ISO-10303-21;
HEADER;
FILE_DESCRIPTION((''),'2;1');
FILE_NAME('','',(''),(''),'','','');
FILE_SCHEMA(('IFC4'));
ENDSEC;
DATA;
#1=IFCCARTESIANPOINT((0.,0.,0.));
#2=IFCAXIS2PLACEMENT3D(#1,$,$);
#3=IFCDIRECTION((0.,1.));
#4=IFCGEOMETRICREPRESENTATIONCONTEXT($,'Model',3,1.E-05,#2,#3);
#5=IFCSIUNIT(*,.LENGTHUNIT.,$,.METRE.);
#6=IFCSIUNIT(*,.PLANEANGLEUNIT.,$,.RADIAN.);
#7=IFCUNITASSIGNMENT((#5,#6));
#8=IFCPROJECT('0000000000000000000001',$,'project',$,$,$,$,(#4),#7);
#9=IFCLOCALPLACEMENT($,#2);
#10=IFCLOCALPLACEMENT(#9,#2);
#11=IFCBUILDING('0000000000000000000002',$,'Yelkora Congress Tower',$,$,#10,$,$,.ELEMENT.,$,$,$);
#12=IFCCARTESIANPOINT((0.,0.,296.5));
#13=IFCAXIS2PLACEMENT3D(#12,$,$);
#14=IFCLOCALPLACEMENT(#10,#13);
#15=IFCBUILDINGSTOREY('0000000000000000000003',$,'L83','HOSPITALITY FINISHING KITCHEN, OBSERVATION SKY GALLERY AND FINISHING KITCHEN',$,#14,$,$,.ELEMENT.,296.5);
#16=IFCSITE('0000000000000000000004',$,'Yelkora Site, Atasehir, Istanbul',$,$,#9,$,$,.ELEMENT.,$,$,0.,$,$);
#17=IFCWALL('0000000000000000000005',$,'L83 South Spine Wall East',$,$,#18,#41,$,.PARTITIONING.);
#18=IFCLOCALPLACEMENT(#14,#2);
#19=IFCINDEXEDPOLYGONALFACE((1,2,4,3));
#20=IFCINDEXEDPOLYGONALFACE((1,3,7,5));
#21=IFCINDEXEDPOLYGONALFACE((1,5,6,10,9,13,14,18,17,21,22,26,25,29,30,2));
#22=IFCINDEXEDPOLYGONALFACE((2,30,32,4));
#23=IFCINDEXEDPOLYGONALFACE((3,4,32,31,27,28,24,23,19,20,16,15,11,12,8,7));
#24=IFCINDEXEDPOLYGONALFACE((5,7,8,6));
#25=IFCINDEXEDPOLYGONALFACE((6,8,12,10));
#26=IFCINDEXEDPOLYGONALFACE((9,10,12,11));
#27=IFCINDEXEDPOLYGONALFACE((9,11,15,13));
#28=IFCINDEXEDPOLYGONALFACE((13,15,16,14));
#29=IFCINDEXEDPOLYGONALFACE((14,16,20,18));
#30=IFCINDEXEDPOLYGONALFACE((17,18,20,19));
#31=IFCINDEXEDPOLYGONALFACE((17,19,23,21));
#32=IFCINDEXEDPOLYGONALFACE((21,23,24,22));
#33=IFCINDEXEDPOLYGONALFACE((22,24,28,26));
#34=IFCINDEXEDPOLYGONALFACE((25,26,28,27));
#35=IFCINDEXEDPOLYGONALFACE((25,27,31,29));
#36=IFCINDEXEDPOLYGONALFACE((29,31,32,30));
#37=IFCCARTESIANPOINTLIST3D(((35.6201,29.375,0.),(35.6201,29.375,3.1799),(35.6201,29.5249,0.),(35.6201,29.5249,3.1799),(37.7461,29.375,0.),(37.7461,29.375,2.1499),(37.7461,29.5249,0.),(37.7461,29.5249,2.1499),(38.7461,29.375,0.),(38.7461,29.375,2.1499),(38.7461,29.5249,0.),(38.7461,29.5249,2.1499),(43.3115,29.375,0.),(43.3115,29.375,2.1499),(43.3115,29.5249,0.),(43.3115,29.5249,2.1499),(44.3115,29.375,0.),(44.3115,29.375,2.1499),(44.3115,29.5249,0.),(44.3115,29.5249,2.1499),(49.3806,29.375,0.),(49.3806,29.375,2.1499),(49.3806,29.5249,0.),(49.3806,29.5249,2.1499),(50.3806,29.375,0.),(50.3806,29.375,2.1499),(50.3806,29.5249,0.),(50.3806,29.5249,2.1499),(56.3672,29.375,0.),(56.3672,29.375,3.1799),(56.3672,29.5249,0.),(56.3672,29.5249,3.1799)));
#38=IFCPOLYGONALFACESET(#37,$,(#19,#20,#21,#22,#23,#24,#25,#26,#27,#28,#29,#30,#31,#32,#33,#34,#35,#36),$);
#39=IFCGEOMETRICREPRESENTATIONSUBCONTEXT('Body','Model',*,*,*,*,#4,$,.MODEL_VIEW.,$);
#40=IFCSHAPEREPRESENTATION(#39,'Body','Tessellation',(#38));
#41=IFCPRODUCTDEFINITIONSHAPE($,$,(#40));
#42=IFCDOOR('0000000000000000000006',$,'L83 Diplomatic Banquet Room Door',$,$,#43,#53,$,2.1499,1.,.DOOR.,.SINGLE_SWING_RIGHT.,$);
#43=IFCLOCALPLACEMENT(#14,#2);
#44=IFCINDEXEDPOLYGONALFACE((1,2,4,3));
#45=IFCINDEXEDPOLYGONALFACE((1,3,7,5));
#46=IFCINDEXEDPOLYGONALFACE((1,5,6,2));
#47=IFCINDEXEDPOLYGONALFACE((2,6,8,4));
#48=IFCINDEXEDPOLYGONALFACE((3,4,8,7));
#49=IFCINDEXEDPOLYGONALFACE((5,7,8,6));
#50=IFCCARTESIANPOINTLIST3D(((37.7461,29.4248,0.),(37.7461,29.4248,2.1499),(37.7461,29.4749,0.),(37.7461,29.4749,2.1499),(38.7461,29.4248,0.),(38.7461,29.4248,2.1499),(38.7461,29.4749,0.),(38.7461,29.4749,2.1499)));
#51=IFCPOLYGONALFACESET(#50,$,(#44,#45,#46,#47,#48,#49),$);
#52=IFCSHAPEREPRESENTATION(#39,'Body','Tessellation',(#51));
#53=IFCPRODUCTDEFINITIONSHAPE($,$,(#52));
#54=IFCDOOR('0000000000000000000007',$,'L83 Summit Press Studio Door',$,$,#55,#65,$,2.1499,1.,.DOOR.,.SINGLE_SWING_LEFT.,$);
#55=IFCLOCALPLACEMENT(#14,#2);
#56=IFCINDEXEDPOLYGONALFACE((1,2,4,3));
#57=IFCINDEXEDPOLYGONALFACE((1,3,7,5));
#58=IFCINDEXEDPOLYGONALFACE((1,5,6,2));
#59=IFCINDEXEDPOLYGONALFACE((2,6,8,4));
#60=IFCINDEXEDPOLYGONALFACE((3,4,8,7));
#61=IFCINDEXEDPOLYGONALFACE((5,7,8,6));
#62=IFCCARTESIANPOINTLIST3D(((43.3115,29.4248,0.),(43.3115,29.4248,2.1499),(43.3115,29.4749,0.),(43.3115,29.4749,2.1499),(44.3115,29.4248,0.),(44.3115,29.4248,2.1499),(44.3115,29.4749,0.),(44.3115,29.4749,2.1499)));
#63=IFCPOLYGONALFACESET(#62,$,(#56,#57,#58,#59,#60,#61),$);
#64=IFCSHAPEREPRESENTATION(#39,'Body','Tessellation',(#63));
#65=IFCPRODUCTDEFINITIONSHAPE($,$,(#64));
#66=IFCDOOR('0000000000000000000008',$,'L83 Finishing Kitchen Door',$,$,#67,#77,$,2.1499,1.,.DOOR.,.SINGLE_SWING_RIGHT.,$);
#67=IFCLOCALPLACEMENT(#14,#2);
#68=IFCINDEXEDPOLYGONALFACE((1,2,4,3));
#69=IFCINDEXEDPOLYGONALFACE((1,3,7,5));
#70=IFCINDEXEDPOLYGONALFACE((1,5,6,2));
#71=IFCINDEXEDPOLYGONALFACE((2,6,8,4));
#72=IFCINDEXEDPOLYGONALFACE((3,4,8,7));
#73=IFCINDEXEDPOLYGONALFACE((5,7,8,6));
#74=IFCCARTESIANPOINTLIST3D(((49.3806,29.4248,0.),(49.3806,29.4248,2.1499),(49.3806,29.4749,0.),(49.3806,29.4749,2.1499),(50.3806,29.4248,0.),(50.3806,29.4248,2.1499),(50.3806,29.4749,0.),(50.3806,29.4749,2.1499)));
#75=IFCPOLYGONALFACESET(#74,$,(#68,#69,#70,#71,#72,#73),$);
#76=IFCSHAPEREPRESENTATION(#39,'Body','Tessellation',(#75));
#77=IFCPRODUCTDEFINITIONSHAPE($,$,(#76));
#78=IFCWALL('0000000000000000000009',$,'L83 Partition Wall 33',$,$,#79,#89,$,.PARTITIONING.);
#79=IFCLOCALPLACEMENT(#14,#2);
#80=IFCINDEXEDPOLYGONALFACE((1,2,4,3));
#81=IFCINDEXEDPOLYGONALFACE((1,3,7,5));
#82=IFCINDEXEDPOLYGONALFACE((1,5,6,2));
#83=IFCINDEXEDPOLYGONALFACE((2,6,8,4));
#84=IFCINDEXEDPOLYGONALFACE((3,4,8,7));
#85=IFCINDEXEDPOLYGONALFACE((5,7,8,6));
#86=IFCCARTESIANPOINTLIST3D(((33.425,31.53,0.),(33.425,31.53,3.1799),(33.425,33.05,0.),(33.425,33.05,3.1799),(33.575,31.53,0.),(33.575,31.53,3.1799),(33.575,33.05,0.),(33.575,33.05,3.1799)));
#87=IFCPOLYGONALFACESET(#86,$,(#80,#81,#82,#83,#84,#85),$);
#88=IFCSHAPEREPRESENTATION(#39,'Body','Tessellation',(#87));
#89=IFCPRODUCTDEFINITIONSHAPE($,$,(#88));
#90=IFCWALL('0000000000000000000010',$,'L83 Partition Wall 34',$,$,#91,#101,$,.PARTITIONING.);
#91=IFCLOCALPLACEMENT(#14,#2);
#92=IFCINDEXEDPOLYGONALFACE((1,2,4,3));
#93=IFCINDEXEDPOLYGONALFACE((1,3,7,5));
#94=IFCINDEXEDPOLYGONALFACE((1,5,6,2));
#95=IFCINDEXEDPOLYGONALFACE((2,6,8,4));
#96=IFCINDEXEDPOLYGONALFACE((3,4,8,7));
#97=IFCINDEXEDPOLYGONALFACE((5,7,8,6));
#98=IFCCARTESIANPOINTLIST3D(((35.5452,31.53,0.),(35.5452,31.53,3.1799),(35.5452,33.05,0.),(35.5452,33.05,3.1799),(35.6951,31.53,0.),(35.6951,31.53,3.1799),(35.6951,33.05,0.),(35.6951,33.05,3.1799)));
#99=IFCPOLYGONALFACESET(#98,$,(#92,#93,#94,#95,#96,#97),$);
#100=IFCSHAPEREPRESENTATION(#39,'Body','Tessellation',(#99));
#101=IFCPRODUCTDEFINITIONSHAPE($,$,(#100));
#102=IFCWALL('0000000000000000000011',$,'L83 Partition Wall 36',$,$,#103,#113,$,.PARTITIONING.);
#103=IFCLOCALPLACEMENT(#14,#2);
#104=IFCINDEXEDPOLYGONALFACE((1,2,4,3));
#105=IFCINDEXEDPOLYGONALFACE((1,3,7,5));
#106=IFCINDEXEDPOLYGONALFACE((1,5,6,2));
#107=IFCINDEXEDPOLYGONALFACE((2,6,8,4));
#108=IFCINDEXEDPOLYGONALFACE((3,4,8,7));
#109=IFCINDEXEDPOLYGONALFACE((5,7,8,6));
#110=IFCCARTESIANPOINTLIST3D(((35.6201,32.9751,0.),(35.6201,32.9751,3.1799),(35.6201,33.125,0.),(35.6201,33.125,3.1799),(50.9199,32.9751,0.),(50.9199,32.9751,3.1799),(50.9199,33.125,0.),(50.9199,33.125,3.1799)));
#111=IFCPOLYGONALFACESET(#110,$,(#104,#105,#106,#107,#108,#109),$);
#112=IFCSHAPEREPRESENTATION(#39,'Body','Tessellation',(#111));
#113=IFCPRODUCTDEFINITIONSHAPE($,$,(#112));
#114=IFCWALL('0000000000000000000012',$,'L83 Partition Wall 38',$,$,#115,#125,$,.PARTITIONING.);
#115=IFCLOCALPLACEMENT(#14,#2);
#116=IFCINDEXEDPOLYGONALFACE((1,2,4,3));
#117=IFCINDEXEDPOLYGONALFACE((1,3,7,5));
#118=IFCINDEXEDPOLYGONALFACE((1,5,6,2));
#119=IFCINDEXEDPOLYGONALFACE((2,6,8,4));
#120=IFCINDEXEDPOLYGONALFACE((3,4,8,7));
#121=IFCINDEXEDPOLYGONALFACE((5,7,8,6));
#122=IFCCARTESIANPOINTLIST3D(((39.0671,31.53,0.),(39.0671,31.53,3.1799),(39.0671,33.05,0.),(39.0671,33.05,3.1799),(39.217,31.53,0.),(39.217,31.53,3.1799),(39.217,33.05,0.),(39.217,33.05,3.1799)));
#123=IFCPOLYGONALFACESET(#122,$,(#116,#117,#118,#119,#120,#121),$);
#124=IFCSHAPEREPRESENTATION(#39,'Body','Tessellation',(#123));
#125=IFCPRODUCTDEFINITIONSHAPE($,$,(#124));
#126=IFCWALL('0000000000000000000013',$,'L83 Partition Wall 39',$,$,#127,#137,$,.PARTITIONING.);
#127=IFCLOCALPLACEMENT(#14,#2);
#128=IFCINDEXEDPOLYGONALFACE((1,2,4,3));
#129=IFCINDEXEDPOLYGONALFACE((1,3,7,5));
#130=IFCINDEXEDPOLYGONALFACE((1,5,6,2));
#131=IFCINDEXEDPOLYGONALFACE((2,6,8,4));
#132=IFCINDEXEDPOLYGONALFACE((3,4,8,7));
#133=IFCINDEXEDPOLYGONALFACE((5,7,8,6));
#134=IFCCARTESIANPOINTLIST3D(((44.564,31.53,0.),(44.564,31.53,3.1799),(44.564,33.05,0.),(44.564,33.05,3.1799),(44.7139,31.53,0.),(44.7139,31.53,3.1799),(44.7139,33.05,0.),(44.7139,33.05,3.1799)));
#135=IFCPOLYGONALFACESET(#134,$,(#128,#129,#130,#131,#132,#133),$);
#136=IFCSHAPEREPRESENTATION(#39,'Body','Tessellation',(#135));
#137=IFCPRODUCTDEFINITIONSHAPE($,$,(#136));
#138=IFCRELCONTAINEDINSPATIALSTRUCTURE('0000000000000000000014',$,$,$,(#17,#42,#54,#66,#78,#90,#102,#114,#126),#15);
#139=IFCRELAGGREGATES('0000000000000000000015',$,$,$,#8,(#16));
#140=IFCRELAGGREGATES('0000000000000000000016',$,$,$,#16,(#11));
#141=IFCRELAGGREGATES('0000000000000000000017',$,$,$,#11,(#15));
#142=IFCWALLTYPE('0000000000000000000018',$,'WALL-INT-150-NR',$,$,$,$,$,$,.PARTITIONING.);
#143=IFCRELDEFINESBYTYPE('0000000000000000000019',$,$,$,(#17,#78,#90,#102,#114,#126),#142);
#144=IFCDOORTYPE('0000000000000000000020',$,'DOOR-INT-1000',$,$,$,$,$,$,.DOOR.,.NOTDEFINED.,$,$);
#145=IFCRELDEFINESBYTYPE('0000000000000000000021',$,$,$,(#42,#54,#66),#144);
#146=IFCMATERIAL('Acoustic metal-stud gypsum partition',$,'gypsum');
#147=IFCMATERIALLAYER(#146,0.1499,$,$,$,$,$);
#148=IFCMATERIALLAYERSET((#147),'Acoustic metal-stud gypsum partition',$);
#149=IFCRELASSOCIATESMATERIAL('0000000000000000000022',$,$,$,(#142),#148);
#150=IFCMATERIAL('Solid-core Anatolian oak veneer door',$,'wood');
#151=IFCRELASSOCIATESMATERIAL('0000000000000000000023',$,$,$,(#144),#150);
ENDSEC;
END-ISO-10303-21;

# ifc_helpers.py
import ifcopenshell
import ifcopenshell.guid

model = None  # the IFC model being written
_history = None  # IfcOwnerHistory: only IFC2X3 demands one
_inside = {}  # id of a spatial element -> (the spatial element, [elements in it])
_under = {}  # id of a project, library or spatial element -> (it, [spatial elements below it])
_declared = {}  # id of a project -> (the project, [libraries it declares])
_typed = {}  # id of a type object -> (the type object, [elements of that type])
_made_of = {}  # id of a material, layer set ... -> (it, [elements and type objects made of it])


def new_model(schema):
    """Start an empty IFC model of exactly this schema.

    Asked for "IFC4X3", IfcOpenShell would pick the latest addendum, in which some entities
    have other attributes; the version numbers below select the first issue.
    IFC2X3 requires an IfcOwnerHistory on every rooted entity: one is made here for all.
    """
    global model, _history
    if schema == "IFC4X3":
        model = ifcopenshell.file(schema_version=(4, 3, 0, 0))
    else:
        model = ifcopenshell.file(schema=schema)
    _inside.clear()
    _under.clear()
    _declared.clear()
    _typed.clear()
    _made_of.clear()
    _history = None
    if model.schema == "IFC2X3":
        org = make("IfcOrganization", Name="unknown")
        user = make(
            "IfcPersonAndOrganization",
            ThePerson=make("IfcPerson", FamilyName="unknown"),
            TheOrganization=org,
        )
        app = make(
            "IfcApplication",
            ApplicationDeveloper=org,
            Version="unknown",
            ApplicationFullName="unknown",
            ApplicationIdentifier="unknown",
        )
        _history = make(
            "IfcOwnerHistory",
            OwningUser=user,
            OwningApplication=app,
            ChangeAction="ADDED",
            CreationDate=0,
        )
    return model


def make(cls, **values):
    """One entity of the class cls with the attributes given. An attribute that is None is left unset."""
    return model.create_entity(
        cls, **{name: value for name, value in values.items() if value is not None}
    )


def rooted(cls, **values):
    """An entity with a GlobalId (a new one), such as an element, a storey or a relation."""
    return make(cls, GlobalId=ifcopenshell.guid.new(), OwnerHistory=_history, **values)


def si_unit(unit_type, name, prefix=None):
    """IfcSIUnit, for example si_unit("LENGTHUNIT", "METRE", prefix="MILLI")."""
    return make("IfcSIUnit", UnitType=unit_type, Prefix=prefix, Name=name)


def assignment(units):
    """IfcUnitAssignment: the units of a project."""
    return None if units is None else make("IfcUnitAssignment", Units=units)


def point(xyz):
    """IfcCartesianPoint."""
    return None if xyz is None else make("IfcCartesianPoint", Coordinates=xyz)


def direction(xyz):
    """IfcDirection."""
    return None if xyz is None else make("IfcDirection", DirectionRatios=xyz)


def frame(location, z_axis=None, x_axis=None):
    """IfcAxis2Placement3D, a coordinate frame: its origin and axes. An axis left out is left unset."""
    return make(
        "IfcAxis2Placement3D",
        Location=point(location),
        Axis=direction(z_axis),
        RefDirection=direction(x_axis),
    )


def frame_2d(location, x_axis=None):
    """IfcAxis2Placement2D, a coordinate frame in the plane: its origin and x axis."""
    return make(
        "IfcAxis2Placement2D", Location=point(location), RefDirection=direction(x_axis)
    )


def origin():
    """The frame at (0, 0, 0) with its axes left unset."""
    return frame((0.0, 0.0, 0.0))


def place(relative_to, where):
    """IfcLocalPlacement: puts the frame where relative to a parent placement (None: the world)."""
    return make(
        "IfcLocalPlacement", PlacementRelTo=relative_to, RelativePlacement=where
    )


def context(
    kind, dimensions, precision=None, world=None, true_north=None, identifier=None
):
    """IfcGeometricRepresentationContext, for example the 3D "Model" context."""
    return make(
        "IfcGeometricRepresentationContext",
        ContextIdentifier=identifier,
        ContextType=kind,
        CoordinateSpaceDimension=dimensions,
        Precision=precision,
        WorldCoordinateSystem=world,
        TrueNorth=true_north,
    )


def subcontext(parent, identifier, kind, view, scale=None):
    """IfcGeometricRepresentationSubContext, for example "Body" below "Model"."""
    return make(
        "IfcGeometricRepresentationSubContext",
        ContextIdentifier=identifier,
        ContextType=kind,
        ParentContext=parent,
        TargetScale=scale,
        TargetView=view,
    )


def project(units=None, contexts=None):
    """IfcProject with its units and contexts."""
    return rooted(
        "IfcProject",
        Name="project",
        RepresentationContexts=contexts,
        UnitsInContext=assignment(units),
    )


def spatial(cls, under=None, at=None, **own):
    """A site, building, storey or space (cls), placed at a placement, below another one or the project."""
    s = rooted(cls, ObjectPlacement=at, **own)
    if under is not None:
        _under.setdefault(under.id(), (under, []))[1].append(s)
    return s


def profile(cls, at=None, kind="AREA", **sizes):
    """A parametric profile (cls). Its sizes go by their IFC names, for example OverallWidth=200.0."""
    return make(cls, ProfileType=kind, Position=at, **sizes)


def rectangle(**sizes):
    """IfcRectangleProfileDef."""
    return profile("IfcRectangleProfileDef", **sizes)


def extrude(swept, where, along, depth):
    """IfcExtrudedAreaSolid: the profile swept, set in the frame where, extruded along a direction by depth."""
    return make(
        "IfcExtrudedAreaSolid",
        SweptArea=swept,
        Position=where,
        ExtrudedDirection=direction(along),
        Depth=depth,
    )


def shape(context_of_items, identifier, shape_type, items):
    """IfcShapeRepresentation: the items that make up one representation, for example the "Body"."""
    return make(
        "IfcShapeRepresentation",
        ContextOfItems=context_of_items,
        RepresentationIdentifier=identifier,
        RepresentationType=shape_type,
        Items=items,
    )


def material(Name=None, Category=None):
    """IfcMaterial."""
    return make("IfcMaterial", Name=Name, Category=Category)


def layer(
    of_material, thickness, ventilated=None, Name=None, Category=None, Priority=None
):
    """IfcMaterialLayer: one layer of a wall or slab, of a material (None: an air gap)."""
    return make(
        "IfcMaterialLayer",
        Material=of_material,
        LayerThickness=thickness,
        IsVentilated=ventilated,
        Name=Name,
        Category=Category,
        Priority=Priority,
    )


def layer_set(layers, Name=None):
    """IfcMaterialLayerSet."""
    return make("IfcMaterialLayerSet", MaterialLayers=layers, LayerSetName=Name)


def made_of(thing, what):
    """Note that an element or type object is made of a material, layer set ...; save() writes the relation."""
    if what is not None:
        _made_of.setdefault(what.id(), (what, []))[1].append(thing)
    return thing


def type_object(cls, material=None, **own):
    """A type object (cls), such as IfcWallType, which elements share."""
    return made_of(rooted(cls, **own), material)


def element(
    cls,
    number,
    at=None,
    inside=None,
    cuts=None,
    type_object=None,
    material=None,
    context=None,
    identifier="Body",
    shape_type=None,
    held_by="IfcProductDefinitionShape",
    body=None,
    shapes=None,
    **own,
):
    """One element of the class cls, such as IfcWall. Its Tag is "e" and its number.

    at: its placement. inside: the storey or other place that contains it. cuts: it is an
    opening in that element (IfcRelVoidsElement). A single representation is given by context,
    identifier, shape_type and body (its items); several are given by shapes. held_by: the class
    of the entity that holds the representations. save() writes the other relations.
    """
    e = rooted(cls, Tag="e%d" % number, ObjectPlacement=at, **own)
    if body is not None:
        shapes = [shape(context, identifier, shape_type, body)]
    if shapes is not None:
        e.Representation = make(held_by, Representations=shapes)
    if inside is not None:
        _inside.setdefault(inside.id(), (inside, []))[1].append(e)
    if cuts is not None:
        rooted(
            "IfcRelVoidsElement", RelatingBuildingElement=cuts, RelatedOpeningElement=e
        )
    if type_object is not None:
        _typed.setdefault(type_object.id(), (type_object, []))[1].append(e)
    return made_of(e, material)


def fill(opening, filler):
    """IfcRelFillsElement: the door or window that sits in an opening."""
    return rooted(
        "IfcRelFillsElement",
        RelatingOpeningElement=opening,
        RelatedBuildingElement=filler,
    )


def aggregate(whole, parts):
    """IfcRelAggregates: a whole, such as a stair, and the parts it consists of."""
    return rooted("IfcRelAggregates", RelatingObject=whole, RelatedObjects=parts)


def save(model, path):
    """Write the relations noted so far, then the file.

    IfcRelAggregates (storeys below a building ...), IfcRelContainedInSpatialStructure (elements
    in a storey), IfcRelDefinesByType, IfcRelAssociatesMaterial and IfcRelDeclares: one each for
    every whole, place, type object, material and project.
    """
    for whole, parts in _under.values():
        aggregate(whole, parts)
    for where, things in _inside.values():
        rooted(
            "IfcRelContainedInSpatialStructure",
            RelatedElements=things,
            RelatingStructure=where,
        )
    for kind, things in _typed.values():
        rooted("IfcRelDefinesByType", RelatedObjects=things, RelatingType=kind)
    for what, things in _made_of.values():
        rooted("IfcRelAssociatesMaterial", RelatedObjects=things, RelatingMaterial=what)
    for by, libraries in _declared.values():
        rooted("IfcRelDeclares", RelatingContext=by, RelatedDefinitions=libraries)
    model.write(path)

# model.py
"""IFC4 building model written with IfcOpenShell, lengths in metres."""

from ifc_helpers import new_model, si_unit, direction, frame, frame_2d, origin, place, context, subcontext, project, spatial, rectangle, extrude, material, layer, layer_set, type_object, element, fill, save


model = new_model("IFC4")

# Units and contexts
model_context = context("Model", 3, precision=1e-05, world=origin(), true_north=direction((0.0, 1.0)))
body_context = subcontext(model_context, "Body", "Model", "MODEL_VIEW")
ifc_project = project(units=[si_unit("LENGTHUNIT", "METRE"), si_unit("PLANEANGLEUNIT", "RADIAN")], contexts=[model_context])

# Site, building, storey
site_placement = place(None, origin())
site = spatial("IfcSite", under=ifc_project, at=site_placement, Name="Yelkora Site, Atasehir, Istanbul", CompositionType="ELEMENT", RefElevation=0.0)
building_placement = place(site_placement, origin())
building = spatial("IfcBuilding", under=site, at=building_placement, Name="Yelkora Congress Tower", CompositionType="ELEMENT")
storey_placement = place(building_placement, frame((0.0, 0.0, 296.5)))
storey = spatial("IfcBuildingStorey", under=building, at=storey_placement, Name="L83", Description="HOSPITALITY FINISHING KITCHEN, OBSERVATION SKY GALLERY AND FINISHING KITCHEN", CompositionType="ELEMENT", Elevation=296.5)

# Wall, openings, doors
ifc_material_1 = material(Name="Acoustic metal-stud gypsum partition", Category="gypsum")
ifc_layer_1 = layer(ifc_material_1, 0.1499)
ifc_layer_set_1 = layer_set([ifc_layer_1], Name="Acoustic metal-stud gypsum partition")
wall_type_1 = type_object("IfcWallType", Name="WALL-INT-150-NR", PredefinedType="PARTITIONING", material=ifc_layer_set_1)
wall_1_placement = place(storey_placement, frame((35.6201, 29.45, 0.0), z_axis=(0.0, 0.0, 1.0), x_axis=(1.0, 0.0, 0.0)))
wall_1 = element("IfcWall", 1, at=wall_1_placement, inside=storey, type_object=wall_type_1, Name="L83 South Spine Wall East", PredefinedType="PARTITIONING", context=body_context, shape_type="SweptSolid", body=[
    extrude(rectangle(XDim=20.7471, YDim=0.1499, at=frame_2d((10.3735, 0.0))), origin(), (0.0, 0.0, 1.0), 3.1799),
])
opening_1_placement = place(wall_1_placement, frame((2.126, 0.0, 0.0)))
opening_1 = element("IfcOpeningElement", 2, at=opening_1_placement, cuts=wall_1, PredefinedType="OPENING", context=body_context, shape_type="SweptSolid", body=[
    extrude(rectangle(XDim=1.0, YDim=2.1499, at=frame_2d((0.5, 1.075))), frame((0.0, 0.085, 0.0), z_axis=(0.0, -1.0, 0.0), x_axis=(1.0, 0.0, 0.0)), (0.0, 0.0, 1.0), 0.1699),
])
opening_2_placement = place(wall_1_placement, frame((7.6914, 0.0, 0.0)))
opening_2 = element("IfcOpeningElement", 3, at=opening_2_placement, cuts=wall_1, PredefinedType="OPENING", context=body_context, shape_type="SweptSolid", body=[
    extrude(rectangle(XDim=1.0, YDim=2.1499, at=frame_2d((0.5, 1.075))), frame((0.0, 0.085, 0.0), z_axis=(0.0, -1.0, 0.0), x_axis=(1.0, 0.0, 0.0)), (0.0, 0.0, 1.0), 0.1699),
])
opening_3_placement = place(wall_1_placement, frame((13.7605, 0.0, 0.0)))
opening_3 = element("IfcOpeningElement", 4, at=opening_3_placement, cuts=wall_1, PredefinedType="OPENING", context=body_context, shape_type="SweptSolid", body=[
    extrude(rectangle(XDim=1.0, YDim=2.1499, at=frame_2d((0.5, 1.075))), frame((0.0, 0.085, 0.0), z_axis=(0.0, -1.0, 0.0), x_axis=(1.0, 0.0, 0.0)), (0.0, 0.0, 1.0), 0.1699),
])
ifc_material_2 = material(Name="Solid-core Anatolian oak veneer door", Category="wood")
door_type_1 = type_object("IfcDoorType", Name="DOOR-INT-1000", OperationType="NOTDEFINED", PredefinedType="DOOR", material=ifc_material_2)
door_1_placement = place(opening_1_placement, origin())
door_1 = element("IfcDoor", 5, at=door_1_placement, inside=storey, type_object=door_type_1, Name="L83 Diplomatic Banquet Room Door", OperationType="SINGLE_SWING_RIGHT", OverallHeight=2.1499, OverallWidth=1.0, PredefinedType="DOOR", context=body_context, shape_type="SweptSolid", body=[
    extrude(rectangle(XDim=1.0, YDim=2.1499, at=frame_2d((0.5, 1.075))), frame((0.0, 0.0249, 0.0), z_axis=(0.0, -1.0, 0.0), x_axis=(1.0, 0.0, 0.0)), (0.0, 0.0, 1.0), 0.05),
])
fill(opening_1, door_1)
door_2_placement = place(opening_2_placement, origin())
door_2 = element("IfcDoor", 6, at=door_2_placement, inside=storey, type_object=door_type_1, Name="L83 Summit Press Studio Door", OperationType="SINGLE_SWING_LEFT", OverallHeight=2.1499, OverallWidth=1.0, PredefinedType="DOOR", context=body_context, shape_type="SweptSolid", body=[
    extrude(rectangle(XDim=1.0, YDim=2.1499, at=frame_2d((0.5, 1.075))), frame((0.0, 0.0249, 0.0), z_axis=(0.0, -1.0, 0.0), x_axis=(1.0, 0.0, 0.0)), (0.0, 0.0, 1.0), 0.05),
])
fill(opening_2, door_2)
door_3_placement = place(opening_3_placement, origin())
door_3 = element("IfcDoor", 7, at=door_3_placement, inside=storey, type_object=door_type_1, Name="L83 Finishing Kitchen Door", OperationType="SINGLE_SWING_RIGHT", OverallHeight=2.1499, OverallWidth=1.0, PredefinedType="DOOR", context=body_context, shape_type="SweptSolid", body=[
    extrude(rectangle(XDim=1.0, YDim=2.1499, at=frame_2d((0.5, 1.075))), frame((0.0, 0.0249, 0.0), z_axis=(0.0, -1.0, 0.0), x_axis=(1.0, 0.0, 0.0)), (0.0, 0.0, 1.0), 0.05),
])
fill(opening_3, door_3)

# Walls
for number, where, z_axis, x_axis, name in (
    (8, (33.5, 31.53, 0.0), (0.0, 0.0, 1.0), (0.0, 1.0, 0.0), "L83 Partition Wall 33"),
    (9, (35.6201, 31.53, 0.0), (0.0, 0.0, 1.0), (0.0, 1.0, 0.0), "L83 Partition Wall 34"),
):
    element("IfcWall", number, at=place(storey_placement, frame(where, z_axis=z_axis, x_axis=x_axis)), inside=storey, type_object=wall_type_1, Name=name, PredefinedType="PARTITIONING", context=body_context, shape_type="SweptSolid", body=[
        extrude(rectangle(XDim=1.52, YDim=0.1499, at=frame_2d((0.76, 0.0))), origin(), (0.0, 0.0, 1.0), 3.1799),
    ])
wall_2_placement = place(storey_placement, frame((35.6201, 33.05, 0.0), z_axis=(0.0, 0.0, 1.0), x_axis=(1.0, 0.0, 0.0)))
element("IfcWall", 10, at=wall_2_placement, inside=storey, type_object=wall_type_1, Name="L83 Partition Wall 36", PredefinedType="PARTITIONING", context=body_context, shape_type="SweptSolid", body=[
    extrude(rectangle(XDim=15.2998, YDim=0.1499, at=frame_2d((7.6499, 0.0))), origin(), (0.0, 0.0, 1.0), 3.1799),
])
for number, where, z_axis, x_axis, name in (
    (11, (39.1421, 31.53, 0.0), (0.0, 0.0, 1.0), (0.0, 1.0, 0.0), "L83 Partition Wall 38"),
    (12, (44.6389, 31.53, 0.0), (0.0, 0.0, 1.0), (0.0, 1.0, 0.0), "L83 Partition Wall 39"),
):
    element("IfcWall", number, at=place(storey_placement, frame(where, z_axis=z_axis, x_axis=x_axis)), inside=storey, type_object=wall_type_1, Name=name, PredefinedType="PARTITIONING", context=body_context, shape_type="SweptSolid", body=[
        extrude(rectangle(XDim=1.52, YDim=0.1499, at=frame_2d((0.76, 0.0))), origin(), (0.0, 0.0, 1.0), 3.1799),
    ])

save(model, "model.ifc")
